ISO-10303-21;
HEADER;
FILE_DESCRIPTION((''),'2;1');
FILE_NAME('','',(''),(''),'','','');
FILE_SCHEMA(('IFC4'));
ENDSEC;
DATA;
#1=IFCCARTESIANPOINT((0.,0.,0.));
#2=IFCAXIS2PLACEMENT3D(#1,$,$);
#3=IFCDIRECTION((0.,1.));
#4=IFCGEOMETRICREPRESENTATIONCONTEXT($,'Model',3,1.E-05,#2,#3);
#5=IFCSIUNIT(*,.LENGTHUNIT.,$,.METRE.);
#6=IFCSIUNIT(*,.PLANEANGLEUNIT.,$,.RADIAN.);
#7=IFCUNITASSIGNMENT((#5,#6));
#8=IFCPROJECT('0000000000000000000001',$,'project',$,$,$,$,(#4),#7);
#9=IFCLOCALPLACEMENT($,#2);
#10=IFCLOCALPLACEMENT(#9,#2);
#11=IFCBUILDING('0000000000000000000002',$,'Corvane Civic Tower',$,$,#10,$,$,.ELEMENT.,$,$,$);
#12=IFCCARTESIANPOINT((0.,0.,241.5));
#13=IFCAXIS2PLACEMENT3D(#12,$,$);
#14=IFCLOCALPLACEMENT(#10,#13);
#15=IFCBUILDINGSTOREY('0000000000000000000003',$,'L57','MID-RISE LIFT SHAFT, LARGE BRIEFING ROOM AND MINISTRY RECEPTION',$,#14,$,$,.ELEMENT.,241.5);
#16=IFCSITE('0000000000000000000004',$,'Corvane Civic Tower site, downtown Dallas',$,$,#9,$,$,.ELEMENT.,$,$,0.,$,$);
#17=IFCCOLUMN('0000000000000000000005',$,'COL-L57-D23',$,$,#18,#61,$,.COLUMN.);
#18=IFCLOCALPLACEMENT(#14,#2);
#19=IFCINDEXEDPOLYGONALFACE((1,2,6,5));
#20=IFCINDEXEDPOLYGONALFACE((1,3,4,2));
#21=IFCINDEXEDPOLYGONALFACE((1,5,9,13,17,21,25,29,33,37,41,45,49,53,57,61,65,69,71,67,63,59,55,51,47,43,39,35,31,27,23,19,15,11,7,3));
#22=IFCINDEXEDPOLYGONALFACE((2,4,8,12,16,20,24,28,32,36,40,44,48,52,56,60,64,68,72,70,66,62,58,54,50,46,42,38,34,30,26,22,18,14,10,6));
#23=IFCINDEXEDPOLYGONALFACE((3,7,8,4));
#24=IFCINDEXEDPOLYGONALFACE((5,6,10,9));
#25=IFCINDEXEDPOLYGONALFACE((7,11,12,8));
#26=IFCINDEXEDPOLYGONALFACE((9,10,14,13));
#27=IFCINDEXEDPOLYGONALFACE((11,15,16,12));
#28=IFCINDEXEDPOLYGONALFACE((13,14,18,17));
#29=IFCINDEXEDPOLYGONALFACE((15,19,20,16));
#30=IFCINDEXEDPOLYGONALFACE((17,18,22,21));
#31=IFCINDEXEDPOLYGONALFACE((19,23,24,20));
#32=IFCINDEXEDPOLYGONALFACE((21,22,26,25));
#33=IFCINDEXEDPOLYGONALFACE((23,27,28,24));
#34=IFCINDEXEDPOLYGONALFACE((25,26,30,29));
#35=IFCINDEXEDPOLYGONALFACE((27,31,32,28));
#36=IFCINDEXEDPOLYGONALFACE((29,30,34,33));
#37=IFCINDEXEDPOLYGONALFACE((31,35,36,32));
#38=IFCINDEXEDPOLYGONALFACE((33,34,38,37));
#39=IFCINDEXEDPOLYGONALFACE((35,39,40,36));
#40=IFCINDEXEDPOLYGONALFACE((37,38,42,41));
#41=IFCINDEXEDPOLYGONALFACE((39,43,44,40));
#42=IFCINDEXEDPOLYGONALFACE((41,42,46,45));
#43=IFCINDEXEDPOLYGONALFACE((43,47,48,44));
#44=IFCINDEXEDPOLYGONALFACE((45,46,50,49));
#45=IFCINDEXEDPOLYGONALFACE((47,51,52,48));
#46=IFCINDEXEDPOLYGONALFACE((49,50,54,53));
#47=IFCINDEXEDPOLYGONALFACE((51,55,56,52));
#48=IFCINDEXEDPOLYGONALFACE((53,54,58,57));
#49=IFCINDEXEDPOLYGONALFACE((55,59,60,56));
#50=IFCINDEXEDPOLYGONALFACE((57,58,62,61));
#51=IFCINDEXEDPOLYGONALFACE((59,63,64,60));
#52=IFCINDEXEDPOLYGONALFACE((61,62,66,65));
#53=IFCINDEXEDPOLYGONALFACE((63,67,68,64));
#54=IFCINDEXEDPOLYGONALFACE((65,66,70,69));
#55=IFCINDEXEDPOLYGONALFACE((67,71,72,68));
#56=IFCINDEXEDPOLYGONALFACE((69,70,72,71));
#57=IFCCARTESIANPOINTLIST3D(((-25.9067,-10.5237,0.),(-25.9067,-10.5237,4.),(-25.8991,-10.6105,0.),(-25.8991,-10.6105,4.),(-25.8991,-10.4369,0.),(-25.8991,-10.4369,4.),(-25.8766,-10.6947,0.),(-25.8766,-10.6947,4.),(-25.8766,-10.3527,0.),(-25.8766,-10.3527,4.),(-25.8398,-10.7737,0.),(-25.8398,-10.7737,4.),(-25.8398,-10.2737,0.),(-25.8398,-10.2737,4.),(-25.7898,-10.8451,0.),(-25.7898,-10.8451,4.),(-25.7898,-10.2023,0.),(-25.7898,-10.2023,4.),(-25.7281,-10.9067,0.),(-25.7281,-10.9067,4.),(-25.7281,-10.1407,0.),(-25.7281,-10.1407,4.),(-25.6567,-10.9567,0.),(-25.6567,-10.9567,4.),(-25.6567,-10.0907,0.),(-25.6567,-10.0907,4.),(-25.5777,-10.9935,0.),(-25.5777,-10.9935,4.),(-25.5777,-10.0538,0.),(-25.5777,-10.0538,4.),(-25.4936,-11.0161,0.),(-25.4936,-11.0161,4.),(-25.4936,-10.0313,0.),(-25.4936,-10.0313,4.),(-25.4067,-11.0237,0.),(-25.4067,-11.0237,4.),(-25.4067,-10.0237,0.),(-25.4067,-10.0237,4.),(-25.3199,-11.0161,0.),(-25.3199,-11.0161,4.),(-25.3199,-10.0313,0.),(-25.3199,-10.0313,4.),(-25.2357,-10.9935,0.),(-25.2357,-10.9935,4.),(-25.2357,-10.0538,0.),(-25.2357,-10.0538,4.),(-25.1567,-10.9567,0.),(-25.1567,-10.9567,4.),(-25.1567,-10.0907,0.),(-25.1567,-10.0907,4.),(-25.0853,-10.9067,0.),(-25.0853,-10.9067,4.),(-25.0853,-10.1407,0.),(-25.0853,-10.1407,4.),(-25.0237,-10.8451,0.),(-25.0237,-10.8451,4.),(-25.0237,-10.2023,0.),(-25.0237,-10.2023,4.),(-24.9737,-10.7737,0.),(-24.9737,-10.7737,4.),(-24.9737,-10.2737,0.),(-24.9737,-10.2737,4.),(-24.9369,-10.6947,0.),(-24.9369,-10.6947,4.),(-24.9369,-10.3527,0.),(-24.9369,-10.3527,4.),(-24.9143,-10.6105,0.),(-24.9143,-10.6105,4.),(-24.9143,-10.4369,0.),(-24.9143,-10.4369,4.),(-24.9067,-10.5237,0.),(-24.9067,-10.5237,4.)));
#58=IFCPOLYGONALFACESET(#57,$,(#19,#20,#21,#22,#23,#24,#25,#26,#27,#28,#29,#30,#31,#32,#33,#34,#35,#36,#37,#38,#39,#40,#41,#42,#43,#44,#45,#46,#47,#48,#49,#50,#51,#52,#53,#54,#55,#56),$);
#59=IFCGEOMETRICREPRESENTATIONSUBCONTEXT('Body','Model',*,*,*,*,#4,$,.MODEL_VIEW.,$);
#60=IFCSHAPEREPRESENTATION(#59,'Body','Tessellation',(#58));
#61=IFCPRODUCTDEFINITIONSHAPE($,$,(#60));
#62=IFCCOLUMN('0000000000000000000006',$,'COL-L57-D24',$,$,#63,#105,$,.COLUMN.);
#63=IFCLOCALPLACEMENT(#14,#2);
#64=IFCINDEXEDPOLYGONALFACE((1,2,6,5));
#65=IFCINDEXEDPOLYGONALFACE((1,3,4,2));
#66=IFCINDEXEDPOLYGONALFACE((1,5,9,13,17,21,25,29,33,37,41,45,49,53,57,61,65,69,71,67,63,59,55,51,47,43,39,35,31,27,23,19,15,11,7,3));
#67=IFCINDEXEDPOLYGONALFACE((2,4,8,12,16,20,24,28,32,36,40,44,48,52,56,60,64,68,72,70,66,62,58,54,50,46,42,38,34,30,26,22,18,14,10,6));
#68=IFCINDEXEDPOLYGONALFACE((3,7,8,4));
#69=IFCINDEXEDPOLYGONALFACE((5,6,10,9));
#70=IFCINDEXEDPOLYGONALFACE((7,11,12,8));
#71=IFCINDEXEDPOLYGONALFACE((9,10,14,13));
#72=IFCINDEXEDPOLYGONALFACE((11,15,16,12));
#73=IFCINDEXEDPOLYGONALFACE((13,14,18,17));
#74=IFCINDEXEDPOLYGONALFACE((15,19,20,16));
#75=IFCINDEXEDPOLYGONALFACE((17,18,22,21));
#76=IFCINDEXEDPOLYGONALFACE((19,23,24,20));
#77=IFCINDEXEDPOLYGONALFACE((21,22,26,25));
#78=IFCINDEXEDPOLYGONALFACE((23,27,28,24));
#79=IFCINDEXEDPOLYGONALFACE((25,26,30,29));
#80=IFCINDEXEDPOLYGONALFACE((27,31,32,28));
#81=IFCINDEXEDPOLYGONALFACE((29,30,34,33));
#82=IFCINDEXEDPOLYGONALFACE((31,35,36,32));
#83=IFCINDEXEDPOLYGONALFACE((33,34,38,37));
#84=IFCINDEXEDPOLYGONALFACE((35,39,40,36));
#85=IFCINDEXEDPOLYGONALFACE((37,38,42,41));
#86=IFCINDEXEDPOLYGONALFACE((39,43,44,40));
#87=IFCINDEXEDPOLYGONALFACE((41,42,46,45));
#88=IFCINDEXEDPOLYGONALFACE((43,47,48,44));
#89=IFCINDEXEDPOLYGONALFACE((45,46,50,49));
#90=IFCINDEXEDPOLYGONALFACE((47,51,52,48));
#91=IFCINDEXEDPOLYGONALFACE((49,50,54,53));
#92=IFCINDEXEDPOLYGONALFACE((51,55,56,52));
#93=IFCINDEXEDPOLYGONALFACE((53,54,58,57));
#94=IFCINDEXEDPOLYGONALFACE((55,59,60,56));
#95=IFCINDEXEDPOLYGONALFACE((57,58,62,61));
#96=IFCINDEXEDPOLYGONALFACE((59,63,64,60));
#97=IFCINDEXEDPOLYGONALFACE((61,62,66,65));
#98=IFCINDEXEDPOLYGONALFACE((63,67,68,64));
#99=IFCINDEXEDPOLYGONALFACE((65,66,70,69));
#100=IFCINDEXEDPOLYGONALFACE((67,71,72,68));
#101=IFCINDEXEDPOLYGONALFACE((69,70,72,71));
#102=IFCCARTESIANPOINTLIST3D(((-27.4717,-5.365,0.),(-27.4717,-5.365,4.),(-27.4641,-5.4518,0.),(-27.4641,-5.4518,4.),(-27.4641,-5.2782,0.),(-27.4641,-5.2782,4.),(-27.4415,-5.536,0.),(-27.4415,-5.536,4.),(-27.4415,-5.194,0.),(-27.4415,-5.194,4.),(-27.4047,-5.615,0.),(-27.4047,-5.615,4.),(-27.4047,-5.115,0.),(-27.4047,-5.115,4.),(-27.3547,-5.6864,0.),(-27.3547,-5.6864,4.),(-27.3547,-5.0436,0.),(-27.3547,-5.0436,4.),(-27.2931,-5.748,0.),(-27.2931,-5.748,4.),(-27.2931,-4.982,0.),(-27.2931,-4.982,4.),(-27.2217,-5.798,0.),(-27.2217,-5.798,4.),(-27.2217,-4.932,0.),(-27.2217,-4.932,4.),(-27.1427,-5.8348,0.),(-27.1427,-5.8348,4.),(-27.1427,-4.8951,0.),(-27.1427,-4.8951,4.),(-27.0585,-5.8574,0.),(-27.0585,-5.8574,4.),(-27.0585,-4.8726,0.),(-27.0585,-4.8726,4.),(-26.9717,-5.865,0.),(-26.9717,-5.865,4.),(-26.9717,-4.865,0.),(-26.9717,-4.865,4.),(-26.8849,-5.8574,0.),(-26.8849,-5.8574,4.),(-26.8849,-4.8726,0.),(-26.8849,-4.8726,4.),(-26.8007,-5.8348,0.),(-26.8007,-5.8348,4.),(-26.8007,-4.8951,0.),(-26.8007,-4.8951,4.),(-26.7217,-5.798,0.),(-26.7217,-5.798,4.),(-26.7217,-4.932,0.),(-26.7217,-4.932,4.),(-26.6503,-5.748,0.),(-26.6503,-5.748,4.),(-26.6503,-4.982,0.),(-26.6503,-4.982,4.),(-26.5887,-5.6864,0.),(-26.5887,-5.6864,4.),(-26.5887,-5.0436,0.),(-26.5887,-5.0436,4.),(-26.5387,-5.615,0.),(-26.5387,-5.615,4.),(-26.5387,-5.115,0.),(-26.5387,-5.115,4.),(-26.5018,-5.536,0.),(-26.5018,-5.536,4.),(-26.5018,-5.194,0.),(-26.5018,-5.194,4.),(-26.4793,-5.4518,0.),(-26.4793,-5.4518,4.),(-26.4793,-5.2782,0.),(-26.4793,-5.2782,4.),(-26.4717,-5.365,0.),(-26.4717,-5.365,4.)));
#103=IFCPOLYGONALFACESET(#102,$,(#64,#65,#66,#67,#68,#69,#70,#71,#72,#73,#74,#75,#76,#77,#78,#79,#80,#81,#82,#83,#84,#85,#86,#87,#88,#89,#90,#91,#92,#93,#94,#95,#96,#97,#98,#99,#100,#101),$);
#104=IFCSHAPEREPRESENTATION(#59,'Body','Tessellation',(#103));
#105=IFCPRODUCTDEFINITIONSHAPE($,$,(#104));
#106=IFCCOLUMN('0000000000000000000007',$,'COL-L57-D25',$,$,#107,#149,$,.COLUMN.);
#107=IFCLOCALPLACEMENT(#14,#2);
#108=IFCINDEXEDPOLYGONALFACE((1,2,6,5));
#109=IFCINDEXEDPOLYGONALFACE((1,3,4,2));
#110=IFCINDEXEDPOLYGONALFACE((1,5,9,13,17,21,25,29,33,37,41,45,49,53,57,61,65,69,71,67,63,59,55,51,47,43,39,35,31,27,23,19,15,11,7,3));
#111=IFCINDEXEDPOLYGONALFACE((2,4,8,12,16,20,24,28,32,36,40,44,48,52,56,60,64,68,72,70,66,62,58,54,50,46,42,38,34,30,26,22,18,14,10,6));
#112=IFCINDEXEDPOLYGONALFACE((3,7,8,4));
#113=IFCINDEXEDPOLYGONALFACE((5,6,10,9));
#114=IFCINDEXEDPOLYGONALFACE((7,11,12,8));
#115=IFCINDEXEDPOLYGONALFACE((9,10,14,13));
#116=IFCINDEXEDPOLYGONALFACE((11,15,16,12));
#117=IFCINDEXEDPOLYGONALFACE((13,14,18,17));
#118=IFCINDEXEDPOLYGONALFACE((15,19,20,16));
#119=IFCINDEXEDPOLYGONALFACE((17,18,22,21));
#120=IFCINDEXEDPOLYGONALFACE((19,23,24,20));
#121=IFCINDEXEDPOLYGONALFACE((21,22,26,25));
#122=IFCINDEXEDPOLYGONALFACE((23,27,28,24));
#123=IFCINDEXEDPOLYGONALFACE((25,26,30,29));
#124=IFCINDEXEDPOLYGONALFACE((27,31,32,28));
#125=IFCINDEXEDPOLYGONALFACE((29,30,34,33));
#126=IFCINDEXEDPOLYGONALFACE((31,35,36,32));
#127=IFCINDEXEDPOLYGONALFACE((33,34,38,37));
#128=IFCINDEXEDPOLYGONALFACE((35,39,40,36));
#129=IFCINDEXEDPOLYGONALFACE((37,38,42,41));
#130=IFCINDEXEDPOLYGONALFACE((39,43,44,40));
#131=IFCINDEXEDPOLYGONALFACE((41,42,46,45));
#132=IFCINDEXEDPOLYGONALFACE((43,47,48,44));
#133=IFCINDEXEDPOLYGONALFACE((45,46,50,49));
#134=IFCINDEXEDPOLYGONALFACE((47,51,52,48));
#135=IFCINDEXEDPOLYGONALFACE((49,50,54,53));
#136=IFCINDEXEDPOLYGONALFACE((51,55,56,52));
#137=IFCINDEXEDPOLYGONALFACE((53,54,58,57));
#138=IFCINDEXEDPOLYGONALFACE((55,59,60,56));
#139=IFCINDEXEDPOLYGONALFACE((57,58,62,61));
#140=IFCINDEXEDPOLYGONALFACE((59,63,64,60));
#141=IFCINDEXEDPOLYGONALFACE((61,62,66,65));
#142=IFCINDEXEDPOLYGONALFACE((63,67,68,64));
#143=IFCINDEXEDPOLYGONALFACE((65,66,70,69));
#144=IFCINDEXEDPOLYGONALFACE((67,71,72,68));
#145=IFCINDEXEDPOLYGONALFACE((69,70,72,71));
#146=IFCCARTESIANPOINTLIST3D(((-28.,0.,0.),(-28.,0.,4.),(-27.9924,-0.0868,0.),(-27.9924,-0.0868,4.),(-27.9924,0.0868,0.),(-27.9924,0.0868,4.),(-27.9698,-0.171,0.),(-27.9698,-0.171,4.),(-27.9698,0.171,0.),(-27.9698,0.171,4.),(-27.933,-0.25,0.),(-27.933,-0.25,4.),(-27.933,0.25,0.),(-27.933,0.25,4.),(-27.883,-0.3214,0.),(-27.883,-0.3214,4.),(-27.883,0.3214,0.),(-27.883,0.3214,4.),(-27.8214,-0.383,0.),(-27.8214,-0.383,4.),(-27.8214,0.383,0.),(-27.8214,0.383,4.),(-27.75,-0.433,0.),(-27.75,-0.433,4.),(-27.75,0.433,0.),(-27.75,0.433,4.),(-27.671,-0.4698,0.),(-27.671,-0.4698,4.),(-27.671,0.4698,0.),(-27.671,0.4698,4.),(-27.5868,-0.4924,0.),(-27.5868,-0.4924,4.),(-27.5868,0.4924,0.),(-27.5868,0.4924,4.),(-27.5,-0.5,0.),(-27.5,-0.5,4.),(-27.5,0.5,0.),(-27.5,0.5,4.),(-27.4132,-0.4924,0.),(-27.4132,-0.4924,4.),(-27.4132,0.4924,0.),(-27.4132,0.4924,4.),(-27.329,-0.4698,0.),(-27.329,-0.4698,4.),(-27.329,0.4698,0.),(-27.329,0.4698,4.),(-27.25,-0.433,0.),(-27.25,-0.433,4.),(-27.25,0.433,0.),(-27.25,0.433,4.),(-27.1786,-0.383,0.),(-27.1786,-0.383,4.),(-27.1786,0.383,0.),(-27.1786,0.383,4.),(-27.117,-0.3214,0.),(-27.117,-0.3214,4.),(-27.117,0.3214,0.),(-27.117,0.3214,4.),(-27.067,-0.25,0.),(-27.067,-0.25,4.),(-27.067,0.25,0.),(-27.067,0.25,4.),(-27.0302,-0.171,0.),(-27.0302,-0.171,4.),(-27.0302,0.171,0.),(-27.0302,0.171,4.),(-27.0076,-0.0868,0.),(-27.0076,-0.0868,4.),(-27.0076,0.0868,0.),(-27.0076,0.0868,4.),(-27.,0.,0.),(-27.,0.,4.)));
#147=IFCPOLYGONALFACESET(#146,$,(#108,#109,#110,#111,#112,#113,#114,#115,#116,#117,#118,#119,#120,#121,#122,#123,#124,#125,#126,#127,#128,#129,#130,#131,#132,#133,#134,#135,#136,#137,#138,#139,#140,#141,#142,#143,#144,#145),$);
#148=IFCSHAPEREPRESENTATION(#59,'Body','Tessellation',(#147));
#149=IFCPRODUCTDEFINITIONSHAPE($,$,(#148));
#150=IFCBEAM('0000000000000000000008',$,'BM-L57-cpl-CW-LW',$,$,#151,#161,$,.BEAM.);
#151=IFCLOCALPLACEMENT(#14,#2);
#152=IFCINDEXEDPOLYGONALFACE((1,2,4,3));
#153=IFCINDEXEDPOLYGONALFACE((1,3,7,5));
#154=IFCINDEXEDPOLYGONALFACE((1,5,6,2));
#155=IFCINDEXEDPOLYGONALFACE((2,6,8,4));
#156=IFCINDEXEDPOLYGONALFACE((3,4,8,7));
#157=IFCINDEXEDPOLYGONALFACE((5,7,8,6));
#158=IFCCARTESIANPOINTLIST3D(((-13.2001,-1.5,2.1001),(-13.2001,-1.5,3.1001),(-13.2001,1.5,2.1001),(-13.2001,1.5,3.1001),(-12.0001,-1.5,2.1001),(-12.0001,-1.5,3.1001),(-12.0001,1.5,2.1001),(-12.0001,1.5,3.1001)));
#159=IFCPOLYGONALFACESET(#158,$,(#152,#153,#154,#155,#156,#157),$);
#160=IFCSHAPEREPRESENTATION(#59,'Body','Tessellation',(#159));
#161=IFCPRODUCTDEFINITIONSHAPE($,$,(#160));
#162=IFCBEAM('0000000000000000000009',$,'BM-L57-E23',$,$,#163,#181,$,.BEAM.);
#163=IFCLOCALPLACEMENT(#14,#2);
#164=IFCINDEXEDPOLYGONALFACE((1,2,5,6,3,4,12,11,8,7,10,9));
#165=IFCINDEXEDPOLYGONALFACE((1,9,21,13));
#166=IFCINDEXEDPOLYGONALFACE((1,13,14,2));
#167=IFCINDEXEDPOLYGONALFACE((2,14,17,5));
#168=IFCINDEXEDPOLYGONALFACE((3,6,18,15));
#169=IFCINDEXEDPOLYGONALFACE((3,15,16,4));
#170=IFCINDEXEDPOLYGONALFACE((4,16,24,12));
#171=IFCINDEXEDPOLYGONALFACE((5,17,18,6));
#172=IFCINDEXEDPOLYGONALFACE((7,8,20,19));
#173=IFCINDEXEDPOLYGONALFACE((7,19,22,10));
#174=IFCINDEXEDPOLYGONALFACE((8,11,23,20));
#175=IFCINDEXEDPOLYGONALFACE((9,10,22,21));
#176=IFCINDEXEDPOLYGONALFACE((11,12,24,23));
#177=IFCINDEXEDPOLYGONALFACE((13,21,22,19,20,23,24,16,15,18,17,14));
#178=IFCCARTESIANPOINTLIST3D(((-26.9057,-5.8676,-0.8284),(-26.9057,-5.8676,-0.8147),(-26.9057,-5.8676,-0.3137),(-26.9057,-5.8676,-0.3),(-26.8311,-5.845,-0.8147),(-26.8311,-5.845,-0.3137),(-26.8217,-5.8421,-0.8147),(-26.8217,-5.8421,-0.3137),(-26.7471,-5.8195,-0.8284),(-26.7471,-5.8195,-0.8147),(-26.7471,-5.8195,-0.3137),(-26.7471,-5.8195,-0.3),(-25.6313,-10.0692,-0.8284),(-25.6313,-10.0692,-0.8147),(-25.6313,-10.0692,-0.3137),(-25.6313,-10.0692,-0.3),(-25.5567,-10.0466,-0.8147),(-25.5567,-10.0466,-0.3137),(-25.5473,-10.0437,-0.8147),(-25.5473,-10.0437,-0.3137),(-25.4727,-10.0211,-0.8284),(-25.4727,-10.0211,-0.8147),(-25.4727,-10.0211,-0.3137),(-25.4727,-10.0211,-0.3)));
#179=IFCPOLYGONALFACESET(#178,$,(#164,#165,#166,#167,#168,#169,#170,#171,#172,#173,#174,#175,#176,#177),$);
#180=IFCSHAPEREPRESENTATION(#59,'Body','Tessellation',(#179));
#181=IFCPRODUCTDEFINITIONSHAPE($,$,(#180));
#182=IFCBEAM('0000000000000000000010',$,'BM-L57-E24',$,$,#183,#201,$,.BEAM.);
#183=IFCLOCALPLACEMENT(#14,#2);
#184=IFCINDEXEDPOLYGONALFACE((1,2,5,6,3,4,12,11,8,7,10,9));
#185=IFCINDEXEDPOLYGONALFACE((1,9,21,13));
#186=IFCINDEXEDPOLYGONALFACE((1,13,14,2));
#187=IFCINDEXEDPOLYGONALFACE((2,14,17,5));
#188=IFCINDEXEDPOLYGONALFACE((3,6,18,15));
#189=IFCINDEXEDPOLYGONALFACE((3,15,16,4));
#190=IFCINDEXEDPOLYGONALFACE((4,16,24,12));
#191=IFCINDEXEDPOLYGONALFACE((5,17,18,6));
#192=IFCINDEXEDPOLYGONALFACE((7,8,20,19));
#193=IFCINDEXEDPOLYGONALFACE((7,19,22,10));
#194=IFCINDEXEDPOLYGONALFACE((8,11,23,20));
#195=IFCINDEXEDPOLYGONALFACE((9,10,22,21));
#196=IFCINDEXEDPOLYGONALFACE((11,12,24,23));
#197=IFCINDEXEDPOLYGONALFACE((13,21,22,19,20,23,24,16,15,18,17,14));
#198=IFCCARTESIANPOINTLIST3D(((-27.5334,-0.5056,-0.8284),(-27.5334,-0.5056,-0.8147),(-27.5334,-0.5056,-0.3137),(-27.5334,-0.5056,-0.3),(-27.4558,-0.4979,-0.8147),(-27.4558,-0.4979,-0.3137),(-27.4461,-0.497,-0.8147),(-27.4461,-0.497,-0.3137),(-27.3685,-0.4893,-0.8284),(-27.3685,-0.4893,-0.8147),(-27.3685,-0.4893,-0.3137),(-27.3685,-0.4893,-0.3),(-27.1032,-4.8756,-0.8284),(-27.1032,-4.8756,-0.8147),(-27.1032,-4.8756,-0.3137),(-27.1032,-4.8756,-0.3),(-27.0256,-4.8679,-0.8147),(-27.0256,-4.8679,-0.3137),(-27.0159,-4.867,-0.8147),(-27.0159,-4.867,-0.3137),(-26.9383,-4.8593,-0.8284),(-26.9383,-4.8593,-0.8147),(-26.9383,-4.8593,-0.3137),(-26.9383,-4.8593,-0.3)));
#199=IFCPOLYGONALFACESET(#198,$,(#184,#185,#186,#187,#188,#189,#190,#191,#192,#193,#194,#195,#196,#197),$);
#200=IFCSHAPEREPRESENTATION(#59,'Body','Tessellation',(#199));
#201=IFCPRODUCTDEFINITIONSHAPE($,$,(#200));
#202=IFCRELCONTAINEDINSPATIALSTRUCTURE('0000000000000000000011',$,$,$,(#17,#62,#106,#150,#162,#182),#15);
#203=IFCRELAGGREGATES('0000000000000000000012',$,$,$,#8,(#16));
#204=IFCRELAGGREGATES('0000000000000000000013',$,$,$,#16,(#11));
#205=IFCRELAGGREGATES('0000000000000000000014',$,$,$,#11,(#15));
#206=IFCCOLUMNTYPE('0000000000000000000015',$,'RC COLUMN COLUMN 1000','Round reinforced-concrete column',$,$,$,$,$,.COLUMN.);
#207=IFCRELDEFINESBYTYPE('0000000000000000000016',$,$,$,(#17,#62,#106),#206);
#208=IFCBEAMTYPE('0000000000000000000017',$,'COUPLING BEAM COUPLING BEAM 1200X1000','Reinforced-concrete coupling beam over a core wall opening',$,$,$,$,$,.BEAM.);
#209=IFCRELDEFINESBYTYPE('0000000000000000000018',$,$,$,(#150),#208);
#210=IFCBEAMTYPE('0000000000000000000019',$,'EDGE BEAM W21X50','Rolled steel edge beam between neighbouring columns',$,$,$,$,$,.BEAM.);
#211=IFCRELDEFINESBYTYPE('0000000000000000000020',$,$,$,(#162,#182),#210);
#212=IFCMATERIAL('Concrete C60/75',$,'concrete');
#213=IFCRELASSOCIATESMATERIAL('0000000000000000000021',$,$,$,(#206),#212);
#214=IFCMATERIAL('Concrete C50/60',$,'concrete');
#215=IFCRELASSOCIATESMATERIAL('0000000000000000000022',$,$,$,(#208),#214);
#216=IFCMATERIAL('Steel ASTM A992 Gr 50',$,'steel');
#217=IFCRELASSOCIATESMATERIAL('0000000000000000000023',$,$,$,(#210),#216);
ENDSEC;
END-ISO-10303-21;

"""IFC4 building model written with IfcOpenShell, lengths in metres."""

from ifc_helpers import new_model, si_unit, direction, frame, origin, origin_2d, place, context, subcontext, project, spatial, rectangle, circle, i_section, extrude, material, material_profile, profile_set, type_object, element, save


model = new_model("IFC4")

# Units and contexts
model_context = context("Model", 3, precision=1e-05, world=origin(), true_north=direction((0.0, 1.0)))
body_context = subcontext(model_context, "Body", "Model", "MODEL_VIEW")
ifc_project = project(units=[si_unit("LENGTHUNIT", "METRE"), si_unit("PLANEANGLEUNIT", "RADIAN")], contexts=[model_context])

# Site, building, storey
site_placement = place(None, origin())
site = spatial("IfcSite", under=ifc_project, at=site_placement, Name="Corvane Civic Tower site, downtown Dallas", CompositionType="ELEMENT", RefElevation=0.0)
building_placement = place(site_placement, origin())
building = spatial("IfcBuilding", under=site, at=building_placement, Name="Corvane Civic Tower", CompositionType="ELEMENT")
storey_placement = place(building_placement, frame((0.0, 0.0, 241.5)))
storey = spatial("IfcBuildingStorey", under=building, at=storey_placement, Name="L57", Description="MID-RISE LIFT SHAFT, LARGE BRIEFING ROOM AND MINISTRY RECEPTION", CompositionType="ELEMENT", Elevation=241.5)

# Columns
ifc_material_1 = material(Name="Concrete C60/75", Category="concrete")
ifc_material_profile_1 = material_profile(ifc_material_1, circle(Radius=0.5, at=origin_2d()), Name="COLUMN 1000")
ifc_profile_set_1 = profile_set([ifc_material_profile_1], Name="Concrete C60/75")
column_type = type_object("IfcColumnType", Name="RC COLUMN COLUMN 1000", Description="Round reinforced-concrete column", PredefinedType="COLUMN", material=ifc_profile_set_1)
for number, where, z_axis, x_axis, name in (
    (1, (-25.4067, -10.5237, 0.0), (0.0, 0.0, 1.0), (1.0, 0.0, 0.0), "COL-L57-D23"),
    (2, (-26.9717, -5.365, 0.0), (0.0, 0.0, 1.0), (1.0, 0.0, 0.0), "COL-L57-D24"),
    (3, (-27.5, 0.0, 0.0), (0.0, 0.0, 1.0), (1.0, 0.0, 0.0), "COL-L57-D25"),
):
    element("IfcColumn", number, at=place(storey_placement, frame(where, z_axis=z_axis, x_axis=x_axis)), inside=storey, type_object=column_type, Name=name, PredefinedType="COLUMN", context=body_context, shape_type="SweptSolid", body=[
        extrude(circle(Radius=0.5, at=origin_2d()), origin(), (0.0, 0.0, 1.0), 4.0),
    ])

# Beams
ifc_material_2 = material(Name="Concrete C50/60", Category="concrete")
ifc_material_profile_2 = material_profile(ifc_material_2, rectangle(XDim=1.2, YDim=1.0, at=origin_2d()), Name="COUPLING BEAM 1200X1000")
ifc_profile_set_2 = profile_set([ifc_material_profile_2], Name="Concrete C50/60")
beam_type_1 = type_object("IfcBeamType", Name="COUPLING BEAM COUPLING BEAM 1200X1000", Description="Reinforced-concrete coupling beam over a core wall opening", PredefinedType="BEAM", material=ifc_profile_set_2)
beam_1_placement = place(storey_placement, frame((-12.6001, -1.5, 2.6001), z_axis=(0.0, 1.0, 0.0), x_axis=(-1.0, 0.0, 0.0)))
element("IfcBeam", 4, at=beam_1_placement, inside=storey, type_object=beam_type_1, Name="BM-L57-cpl-CW-LW", PredefinedType="BEAM", context=body_context, shape_type="SweptSolid", body=[
    extrude(rectangle(XDim=1.2, YDim=1.0, at=origin_2d()), origin(), (0.0, 0.0, 1.0), 3.0),
])
ifc_material_3 = material(Name="Steel ASTM A992 Gr 50", Category="steel")
ifc_material_profile_3 = material_profile(ifc_material_3, i_section(OverallWidth=0.1658, OverallDepth=0.5283, WebThickness=0.0098, FlangeThickness=0.0137, at=origin_2d()), Name="W21X50")
ifc_profile_set_3 = profile_set([ifc_material_profile_3], Name="Steel ASTM A992 Gr 50")
beam_type_2 = type_object("IfcBeamType", Name="EDGE BEAM W21X50", Description="Rolled steel edge beam between neighbouring columns", PredefinedType="BEAM", material=ifc_profile_set_3)
beam_2_placement = place(storey_placement, frame((-25.552, -10.0452, -0.5642), z_axis=(-0.290254, 0.95695, 0.0), x_axis=(-0.95695, -0.290254, 0.0)))
element("IfcBeam", 5, at=beam_2_placement, inside=storey, type_object=beam_type_2, Name="BM-L57-E23", PredefinedType="BEAM", context=body_context, shape_type="SweptSolid", body=[
    extrude(i_section(OverallWidth=0.1658, OverallDepth=0.5283, WebThickness=0.0098, FlangeThickness=0.0137, at=origin_2d()), origin(), (0.0, 0.0, 1.0), 4.3906),
])
beam_3_placement = place(storey_placement, frame((-27.0208, -4.8674, -0.5642), z_axis=(-0.097968, 0.99519, 0.0), x_axis=(-0.99519, -0.097968, 0.0)))
element("IfcBeam", 6, at=beam_3_placement, inside=storey, type_object=beam_type_2, Name="BM-L57-E24", PredefinedType="BEAM", context=body_context, shape_type="SweptSolid", body=[
    extrude(i_section(OverallWidth=0.1658, OverallDepth=0.5283, WebThickness=0.0098, FlangeThickness=0.0137, at=origin_2d()), origin(), (0.0, 0.0, 1.0), 4.3911),
])

save(model, "model.ifc")
